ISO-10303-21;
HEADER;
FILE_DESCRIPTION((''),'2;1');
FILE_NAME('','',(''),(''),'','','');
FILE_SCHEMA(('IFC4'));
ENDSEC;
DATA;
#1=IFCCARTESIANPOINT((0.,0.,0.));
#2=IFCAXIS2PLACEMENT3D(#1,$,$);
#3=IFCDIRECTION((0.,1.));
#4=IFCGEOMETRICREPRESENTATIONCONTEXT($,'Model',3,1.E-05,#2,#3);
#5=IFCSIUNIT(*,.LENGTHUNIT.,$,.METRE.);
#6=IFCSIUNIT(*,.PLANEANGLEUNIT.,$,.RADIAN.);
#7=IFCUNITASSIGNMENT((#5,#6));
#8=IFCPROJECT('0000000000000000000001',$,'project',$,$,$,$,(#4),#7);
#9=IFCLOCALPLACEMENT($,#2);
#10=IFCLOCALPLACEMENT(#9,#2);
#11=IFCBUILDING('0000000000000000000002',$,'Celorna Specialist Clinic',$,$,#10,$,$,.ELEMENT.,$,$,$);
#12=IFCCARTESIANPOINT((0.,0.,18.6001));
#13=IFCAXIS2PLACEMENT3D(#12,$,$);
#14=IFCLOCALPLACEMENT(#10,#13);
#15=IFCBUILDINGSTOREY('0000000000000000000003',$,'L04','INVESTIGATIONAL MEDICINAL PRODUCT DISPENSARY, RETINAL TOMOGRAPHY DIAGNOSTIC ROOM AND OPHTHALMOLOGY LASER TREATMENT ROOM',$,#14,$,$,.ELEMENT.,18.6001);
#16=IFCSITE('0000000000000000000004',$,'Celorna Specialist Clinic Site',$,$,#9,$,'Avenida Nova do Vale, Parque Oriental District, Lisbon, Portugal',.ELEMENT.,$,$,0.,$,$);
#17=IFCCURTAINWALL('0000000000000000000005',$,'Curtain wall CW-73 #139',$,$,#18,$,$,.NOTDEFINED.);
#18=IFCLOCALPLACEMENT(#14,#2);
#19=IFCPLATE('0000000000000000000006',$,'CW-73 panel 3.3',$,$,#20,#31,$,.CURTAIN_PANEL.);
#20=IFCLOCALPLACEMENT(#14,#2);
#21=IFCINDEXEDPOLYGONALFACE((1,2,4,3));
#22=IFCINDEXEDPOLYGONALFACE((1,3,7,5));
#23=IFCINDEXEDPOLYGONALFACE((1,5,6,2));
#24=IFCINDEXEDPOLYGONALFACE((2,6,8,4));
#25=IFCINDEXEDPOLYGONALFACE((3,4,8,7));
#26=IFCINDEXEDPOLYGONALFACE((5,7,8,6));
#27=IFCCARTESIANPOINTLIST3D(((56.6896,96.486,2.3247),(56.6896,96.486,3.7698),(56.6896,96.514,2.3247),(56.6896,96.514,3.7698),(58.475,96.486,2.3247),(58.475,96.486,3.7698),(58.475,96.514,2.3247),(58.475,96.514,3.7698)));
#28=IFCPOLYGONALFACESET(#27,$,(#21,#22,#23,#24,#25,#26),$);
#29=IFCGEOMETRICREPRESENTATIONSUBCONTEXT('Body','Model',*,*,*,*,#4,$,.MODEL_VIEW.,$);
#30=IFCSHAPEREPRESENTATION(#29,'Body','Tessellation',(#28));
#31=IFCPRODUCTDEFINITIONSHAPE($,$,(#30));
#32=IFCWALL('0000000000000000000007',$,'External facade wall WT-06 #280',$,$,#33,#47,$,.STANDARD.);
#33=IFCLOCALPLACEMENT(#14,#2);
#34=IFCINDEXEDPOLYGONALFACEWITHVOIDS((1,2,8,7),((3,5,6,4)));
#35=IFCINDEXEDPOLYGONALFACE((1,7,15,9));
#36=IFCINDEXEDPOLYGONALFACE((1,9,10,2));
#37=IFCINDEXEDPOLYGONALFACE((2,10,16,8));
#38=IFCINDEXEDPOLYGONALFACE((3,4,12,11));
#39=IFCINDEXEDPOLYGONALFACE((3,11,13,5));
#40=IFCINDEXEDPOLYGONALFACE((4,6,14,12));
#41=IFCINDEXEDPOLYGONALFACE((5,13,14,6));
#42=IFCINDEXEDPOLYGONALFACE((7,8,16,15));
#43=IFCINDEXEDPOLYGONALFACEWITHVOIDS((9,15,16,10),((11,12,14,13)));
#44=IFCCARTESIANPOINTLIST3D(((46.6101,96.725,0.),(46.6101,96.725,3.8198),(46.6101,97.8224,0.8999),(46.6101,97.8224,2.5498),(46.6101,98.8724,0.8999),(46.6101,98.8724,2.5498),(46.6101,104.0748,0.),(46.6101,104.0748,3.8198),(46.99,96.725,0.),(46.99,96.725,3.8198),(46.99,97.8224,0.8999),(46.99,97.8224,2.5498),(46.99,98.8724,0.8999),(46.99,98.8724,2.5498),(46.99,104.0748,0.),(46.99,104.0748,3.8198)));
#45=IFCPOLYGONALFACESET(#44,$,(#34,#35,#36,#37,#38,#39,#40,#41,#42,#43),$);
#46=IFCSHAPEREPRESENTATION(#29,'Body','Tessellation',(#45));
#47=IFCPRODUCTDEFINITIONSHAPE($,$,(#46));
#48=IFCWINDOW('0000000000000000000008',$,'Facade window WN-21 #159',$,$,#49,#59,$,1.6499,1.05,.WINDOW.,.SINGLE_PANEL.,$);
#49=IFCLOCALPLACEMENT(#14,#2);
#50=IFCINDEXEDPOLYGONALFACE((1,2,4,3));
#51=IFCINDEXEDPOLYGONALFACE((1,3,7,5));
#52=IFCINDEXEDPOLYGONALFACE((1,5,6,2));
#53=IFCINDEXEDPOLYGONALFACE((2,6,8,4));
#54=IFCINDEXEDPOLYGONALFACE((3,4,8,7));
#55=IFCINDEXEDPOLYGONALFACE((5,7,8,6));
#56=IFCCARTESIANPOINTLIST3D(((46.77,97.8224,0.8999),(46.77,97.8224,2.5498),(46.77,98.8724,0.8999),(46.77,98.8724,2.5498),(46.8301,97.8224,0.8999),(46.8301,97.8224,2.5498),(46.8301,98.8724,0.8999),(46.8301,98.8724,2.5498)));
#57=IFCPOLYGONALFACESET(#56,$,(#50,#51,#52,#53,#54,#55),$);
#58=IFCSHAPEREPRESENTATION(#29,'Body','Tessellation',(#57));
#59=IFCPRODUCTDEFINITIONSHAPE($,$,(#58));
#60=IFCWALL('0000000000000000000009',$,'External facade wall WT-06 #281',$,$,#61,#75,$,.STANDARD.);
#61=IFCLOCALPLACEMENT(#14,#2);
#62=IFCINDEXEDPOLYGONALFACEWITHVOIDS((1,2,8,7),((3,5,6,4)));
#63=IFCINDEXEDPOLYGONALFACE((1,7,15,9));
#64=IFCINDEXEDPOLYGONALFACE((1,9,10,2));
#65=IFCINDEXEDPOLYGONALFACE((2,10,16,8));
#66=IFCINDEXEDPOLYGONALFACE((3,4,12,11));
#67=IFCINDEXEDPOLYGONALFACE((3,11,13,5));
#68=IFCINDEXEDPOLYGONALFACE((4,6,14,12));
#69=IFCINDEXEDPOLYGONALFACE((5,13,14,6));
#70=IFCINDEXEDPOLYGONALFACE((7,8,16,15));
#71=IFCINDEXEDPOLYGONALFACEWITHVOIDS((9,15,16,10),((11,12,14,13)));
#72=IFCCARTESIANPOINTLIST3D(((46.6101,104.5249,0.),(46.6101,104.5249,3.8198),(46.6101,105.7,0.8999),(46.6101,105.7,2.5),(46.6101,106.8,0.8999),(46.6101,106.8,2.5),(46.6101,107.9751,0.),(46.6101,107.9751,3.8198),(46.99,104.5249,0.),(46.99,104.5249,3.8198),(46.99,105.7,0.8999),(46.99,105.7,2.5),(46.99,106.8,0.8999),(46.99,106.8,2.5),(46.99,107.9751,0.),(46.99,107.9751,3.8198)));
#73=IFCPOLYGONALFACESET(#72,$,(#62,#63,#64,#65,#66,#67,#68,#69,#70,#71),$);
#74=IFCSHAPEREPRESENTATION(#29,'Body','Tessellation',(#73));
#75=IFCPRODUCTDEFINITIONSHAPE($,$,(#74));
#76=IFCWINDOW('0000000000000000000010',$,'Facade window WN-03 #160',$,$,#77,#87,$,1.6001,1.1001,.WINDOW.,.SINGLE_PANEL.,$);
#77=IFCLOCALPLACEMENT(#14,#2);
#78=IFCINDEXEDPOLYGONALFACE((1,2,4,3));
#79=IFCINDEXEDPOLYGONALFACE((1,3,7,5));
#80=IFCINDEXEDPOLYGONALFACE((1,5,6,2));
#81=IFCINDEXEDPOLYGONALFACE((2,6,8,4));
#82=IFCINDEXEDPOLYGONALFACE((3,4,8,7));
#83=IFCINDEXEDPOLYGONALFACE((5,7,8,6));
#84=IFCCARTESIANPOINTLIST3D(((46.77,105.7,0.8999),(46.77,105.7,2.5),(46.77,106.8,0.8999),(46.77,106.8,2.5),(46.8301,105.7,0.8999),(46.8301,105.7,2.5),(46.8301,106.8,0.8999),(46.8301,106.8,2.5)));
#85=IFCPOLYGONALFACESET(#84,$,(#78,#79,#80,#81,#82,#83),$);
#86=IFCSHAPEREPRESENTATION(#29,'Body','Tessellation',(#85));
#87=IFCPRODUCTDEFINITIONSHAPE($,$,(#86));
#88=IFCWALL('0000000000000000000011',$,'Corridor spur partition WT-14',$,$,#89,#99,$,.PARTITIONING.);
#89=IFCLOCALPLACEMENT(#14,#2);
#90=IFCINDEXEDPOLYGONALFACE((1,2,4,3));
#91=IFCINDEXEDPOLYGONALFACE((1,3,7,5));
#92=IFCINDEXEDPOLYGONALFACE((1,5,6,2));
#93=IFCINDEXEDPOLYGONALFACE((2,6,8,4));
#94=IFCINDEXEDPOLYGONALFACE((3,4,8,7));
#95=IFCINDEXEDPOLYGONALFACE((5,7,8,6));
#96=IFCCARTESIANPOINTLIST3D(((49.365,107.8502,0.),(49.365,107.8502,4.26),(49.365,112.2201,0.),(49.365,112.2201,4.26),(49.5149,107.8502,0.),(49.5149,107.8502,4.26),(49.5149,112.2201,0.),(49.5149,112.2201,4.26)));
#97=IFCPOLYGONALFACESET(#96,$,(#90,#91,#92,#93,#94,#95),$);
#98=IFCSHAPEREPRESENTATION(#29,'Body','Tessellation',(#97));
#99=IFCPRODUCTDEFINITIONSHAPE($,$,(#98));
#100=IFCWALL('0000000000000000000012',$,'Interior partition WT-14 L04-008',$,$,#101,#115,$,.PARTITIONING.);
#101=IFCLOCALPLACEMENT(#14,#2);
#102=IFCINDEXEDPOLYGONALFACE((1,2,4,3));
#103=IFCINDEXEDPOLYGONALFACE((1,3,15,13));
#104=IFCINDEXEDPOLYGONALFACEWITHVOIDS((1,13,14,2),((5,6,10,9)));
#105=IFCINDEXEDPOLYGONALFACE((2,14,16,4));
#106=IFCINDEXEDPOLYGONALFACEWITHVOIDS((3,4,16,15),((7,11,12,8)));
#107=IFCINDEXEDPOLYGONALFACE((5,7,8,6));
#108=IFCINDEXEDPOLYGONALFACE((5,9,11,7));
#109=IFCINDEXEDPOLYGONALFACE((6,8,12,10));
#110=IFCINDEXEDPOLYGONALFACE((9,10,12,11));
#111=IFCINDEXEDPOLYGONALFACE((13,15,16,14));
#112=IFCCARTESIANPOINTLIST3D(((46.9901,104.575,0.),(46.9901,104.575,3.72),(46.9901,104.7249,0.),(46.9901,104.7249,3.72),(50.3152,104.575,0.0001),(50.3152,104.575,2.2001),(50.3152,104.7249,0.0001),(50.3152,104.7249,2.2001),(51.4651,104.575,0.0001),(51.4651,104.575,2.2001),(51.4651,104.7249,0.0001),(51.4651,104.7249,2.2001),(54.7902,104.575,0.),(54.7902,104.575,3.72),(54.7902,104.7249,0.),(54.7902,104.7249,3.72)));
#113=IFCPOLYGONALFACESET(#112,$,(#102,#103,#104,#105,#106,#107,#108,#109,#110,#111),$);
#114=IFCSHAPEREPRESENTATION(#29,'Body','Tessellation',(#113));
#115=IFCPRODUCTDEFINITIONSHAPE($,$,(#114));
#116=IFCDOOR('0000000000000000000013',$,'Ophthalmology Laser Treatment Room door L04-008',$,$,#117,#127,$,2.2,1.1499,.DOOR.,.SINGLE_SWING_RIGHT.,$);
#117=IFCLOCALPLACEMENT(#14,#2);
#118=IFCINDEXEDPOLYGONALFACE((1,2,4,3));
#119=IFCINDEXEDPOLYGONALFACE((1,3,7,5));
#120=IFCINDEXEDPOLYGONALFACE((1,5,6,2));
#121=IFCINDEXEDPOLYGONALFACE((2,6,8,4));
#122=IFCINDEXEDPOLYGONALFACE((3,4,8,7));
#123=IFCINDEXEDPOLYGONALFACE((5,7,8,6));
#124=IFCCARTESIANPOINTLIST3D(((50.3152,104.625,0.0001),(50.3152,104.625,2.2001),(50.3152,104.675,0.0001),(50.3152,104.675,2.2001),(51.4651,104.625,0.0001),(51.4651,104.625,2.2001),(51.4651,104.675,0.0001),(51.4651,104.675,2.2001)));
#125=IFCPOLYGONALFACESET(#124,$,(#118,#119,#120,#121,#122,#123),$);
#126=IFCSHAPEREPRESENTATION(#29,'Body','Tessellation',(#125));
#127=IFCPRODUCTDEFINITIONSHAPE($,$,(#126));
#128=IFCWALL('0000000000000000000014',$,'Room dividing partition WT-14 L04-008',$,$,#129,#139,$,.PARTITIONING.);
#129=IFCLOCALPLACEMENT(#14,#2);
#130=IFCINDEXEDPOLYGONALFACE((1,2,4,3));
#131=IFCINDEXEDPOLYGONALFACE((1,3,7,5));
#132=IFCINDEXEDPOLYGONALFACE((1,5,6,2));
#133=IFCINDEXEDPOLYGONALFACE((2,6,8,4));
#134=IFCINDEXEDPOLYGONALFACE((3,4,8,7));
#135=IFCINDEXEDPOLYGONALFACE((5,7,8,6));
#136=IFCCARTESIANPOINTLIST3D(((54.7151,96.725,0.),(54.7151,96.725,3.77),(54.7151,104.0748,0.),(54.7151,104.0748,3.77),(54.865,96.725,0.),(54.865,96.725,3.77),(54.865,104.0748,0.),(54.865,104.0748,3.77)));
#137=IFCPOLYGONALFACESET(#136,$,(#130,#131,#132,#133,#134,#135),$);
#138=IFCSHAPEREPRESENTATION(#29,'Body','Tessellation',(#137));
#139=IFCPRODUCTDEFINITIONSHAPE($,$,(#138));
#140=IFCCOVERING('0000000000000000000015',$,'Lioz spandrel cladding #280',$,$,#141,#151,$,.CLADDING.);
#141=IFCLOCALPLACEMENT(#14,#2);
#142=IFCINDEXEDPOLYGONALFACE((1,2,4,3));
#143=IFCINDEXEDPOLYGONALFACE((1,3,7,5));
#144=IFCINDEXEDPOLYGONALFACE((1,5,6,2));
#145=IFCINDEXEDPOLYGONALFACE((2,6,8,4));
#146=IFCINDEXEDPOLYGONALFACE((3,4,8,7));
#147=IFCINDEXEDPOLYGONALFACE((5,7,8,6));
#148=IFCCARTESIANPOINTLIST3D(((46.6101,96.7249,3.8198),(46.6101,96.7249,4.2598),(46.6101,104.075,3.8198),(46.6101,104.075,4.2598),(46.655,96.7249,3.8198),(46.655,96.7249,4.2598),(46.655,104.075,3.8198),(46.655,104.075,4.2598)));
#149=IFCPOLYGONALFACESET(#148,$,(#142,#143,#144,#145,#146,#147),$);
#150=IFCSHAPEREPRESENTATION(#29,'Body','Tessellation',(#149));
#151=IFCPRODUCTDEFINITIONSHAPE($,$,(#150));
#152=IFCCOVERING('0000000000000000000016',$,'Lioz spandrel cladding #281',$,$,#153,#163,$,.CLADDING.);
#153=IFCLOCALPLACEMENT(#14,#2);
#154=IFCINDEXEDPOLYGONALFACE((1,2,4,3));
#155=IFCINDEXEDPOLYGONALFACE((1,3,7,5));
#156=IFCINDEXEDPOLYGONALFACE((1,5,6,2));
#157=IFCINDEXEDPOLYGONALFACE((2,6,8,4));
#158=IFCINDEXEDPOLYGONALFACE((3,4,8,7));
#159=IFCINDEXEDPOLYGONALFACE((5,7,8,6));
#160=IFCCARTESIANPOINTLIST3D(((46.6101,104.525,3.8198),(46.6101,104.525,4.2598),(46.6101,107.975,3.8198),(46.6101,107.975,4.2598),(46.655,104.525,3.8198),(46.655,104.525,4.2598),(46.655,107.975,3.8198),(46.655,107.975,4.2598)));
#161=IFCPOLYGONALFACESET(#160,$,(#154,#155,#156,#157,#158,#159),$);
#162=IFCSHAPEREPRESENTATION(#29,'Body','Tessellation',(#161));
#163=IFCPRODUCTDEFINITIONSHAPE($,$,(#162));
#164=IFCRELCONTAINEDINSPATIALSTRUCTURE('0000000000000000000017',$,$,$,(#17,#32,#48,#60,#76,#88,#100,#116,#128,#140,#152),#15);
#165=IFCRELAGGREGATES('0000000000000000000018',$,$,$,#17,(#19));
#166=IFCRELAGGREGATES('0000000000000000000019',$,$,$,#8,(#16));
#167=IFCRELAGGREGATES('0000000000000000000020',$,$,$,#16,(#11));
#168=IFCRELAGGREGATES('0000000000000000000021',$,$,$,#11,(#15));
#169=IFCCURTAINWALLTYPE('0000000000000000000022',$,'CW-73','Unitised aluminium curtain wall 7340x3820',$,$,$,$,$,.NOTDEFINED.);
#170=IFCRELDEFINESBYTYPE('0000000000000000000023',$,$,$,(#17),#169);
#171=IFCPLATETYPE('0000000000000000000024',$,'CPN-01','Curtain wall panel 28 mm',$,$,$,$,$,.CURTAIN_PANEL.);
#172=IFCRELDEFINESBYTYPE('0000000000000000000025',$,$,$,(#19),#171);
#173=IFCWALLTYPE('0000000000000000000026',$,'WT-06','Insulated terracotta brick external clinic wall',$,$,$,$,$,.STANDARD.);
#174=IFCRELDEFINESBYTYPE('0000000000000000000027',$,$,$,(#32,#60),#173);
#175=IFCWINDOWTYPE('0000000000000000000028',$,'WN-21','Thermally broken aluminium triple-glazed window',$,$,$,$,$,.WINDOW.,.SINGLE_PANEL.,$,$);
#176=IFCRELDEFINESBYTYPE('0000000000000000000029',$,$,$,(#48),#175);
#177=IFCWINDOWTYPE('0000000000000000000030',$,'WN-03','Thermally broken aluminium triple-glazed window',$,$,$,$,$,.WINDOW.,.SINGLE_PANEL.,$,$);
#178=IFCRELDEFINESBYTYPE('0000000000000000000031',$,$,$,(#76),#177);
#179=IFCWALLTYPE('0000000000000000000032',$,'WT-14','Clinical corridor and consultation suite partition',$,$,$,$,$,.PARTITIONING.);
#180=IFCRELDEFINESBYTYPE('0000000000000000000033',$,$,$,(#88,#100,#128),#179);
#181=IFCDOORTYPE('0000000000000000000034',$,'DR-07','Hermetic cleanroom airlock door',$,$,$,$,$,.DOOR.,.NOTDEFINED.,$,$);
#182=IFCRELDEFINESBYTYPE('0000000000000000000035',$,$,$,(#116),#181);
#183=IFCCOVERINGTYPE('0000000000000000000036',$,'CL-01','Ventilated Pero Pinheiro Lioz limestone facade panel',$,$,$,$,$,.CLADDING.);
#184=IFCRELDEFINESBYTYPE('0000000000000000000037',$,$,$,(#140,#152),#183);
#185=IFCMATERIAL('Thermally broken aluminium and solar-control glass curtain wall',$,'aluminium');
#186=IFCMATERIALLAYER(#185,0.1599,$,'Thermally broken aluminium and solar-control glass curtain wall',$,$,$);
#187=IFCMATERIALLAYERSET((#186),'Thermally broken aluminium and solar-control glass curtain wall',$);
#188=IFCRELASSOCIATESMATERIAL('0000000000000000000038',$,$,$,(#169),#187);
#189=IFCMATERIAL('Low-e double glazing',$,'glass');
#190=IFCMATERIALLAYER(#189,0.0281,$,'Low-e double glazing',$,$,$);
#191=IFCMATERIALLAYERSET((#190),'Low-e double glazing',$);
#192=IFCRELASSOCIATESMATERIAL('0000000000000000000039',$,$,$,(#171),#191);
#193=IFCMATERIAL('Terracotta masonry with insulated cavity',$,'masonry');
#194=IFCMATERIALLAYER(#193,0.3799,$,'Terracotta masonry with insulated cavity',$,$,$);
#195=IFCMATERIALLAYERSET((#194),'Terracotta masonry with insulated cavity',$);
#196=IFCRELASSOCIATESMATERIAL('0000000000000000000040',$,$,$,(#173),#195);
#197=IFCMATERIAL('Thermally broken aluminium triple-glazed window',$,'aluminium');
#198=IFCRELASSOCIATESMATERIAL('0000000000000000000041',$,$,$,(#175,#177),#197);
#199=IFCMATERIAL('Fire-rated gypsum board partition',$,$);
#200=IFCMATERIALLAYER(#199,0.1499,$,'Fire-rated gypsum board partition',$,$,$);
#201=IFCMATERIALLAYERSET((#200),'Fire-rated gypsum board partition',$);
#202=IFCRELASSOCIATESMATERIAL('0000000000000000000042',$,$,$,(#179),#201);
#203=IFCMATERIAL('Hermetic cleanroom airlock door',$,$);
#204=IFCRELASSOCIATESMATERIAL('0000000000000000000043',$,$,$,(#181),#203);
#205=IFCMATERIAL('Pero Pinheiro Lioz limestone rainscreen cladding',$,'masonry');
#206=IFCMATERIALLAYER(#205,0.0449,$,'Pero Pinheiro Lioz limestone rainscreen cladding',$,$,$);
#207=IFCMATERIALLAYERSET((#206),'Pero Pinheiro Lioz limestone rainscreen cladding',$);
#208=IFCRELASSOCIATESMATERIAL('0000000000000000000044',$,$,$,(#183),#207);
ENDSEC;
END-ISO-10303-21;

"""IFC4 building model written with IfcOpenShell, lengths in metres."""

from ifc_helpers import new_model, si_unit, direction, frame, frame_2d, origin, origin_2d, place, context, subcontext, project, spatial, rectangle, extrude, material, layer, layer_set, type_object, element, fill, aggregate, save


model = new_model("IFC4")

# Units and contexts
model_context = context("Model", 3, precision=1e-05, world=origin(), true_north=direction((0.0, 1.0)))
body_context = subcontext(model_context, "Body", "Model", "MODEL_VIEW")
ifc_project = project(units=[si_unit("LENGTHUNIT", "METRE"), si_unit("PLANEANGLEUNIT", "RADIAN")], contexts=[model_context])

# Site, building, storey
site_placement = place(None, origin())
site = spatial("IfcSite", under=ifc_project, at=site_placement, Name="Celorna Specialist Clinic Site", LongName="Avenida Nova do Vale, Parque Oriental District, Lisbon, Portugal", CompositionType="ELEMENT", RefElevation=0.0)
building_placement = place(site_placement, origin())
building = spatial("IfcBuilding", under=site, at=building_placement, Name="Celorna Specialist Clinic", CompositionType="ELEMENT")
storey_placement = place(building_placement, frame((0.0, 0.0, 18.6001)))
storey = spatial("IfcBuildingStorey", under=building, at=storey_placement, Name="L04", Description="INVESTIGATIONAL MEDICINAL PRODUCT DISPENSARY, RETINAL TOMOGRAPHY DIAGNOSTIC ROOM AND OPHTHALMOLOGY LASER TREATMENT ROOM", CompositionType="ELEMENT", Elevation=18.6001)

# Curtain wall, plate
ifc_material_1 = material(Name="Thermally broken aluminium and solar-control glass curtain wall", Category="aluminium")
ifc_layer_1 = layer(ifc_material_1, 0.1599, Name="Thermally broken aluminium and solar-control glass curtain wall")
ifc_layer_set_1 = layer_set([ifc_layer_1], Name="Thermally broken aluminium and solar-control glass curtain wall")
curtain_wall_type = type_object("IfcCurtainWallType", Name="CW-73", Description="Unitised aluminium curtain wall 7340x3820", PredefinedType="NOTDEFINED", material=ifc_layer_set_1)
curtain_wall_placement = place(storey_placement, origin())
curtain_wall = element("IfcCurtainWall", 1, at=curtain_wall_placement, inside=storey, type_object=curtain_wall_type, Name="Curtain wall CW-73 #139", PredefinedType="NOTDEFINED")
ifc_material_2 = material(Name="Low-e double glazing", Category="glass")
ifc_layer_2 = layer(ifc_material_2, 0.0281, Name="Low-e double glazing")
ifc_layer_set_2 = layer_set([ifc_layer_2], Name="Low-e double glazing")
plate_type = type_object("IfcPlateType", Name="CPN-01", Description="Curtain wall panel 28 mm", PredefinedType="CURTAIN_PANEL", material=ifc_layer_set_2)
plate_1_placement = place(storey_placement, frame((57.5823, 96.5, 2.3247), z_axis=(0.0, 0.0, 1.0), x_axis=(-1.0, 0.0, 0.0)))
plate_1 = element("IfcPlate", 2, at=plate_1_placement, type_object=plate_type, Name="CW-73 panel 3.3", PredefinedType="CURTAIN_PANEL", context=body_context, shape_type="SweptSolid", body=[
    extrude(rectangle(XDim=1.7854, YDim=0.0281, at=origin_2d()), origin(), (0.0, 0.0, 1.0), 1.4451),
])
aggregate(curtain_wall, [plate_1])

# Walls, openings, windows
ifc_material_3 = material(Name="Terracotta masonry with insulated cavity", Category="masonry")
ifc_layer_3 = layer(ifc_material_3, 0.3799, Name="Terracotta masonry with insulated cavity")
ifc_layer_set_3 = layer_set([ifc_layer_3], Name="Terracotta masonry with insulated cavity")
wall_type_1 = type_object("IfcWallType", Name="WT-06", Description="Insulated terracotta brick external clinic wall", PredefinedType="STANDARD", material=ifc_layer_set_3)
wall_1_placement = place(storey_placement, frame((46.8, 96.7251, 0.0), z_axis=(0.0, 0.0, 1.0), x_axis=(0.0, 1.0, 0.0)))
wall_1 = element("IfcWall", 3, at=wall_1_placement, inside=storey, type_object=wall_type_1, Name="External facade wall WT-06 #280", PredefinedType="STANDARD", context=body_context, shape_type="SweptSolid", body=[
    extrude(rectangle(XDim=7.3499, YDim=0.3799, at=frame_2d((3.6748, 0.0))), origin(), (0.0, 0.0, 1.0), 3.8198),
])
opening_1_placement = place(wall_1_placement, frame((1.0974, 0.0, 0.8999)))
opening_1 = element("IfcOpeningElement", 4, at=opening_1_placement, cuts=wall_1, PredefinedType="OPENING", context=body_context, shape_type="SweptSolid", body=[
    extrude(rectangle(XDim=1.05, YDim=1.6499, at=frame_2d((0.5249, 0.825))), frame((0.0, 0.2, 0.0), z_axis=(0.0, -1.0, 0.0), x_axis=(1.0, 0.0, 0.0)), (0.0, 0.0, 1.0), 0.3999),
])
ifc_material_4 = material(Name="Thermally broken aluminium triple-glazed window", Category="aluminium")
window_type_1 = type_object("IfcWindowType", Name="WN-21", Description="Thermally broken aluminium triple-glazed window", PartitioningType="SINGLE_PANEL", PredefinedType="WINDOW", material=ifc_material_4)
window_1_placement = place(opening_1_placement, origin())
window_1 = element("IfcWindow", 5, at=window_1_placement, inside=storey, type_object=window_type_1, Name="Facade window WN-21 #159", OverallHeight=1.6499, OverallWidth=1.05, PartitioningType="SINGLE_PANEL", PredefinedType="WINDOW", context=body_context, shape_type="SweptSolid", body=[
    extrude(rectangle(XDim=1.05, YDim=1.6499, at=frame_2d((0.5249, 0.825))), frame((0.0, 0.03, 0.0), z_axis=(0.0, -1.0, 0.0), x_axis=(1.0, 0.0, 0.0)), (0.0, 0.0, 1.0), 0.0601),
])
fill(opening_1, window_1)
wall_2_placement = place(storey_placement, frame((46.8, 104.5249, 0.0), z_axis=(0.0, 0.0, 1.0), x_axis=(0.0, 1.0, 0.0)))
wall_2 = element("IfcWall", 6, at=wall_2_placement, inside=storey, type_object=wall_type_1, Name="External facade wall WT-06 #281", PredefinedType="STANDARD", context=body_context, shape_type="SweptSolid", body=[
    extrude(rectangle(XDim=3.4502, YDim=0.3799, at=frame_2d((1.7251, 0.0))), origin(), (0.0, 0.0, 1.0), 3.8198),
])
opening_2_placement = place(wall_2_placement, frame((1.175, 0.0, 0.8999)))
opening_2 = element("IfcOpeningElement", 7, at=opening_2_placement, cuts=wall_2, PredefinedType="OPENING", context=body_context, shape_type="SweptSolid", body=[
    extrude(rectangle(XDim=1.1001, YDim=1.6001, at=frame_2d((0.55, 0.8))), frame((0.0, 0.2, 0.0), z_axis=(0.0, -1.0, 0.0), x_axis=(1.0, 0.0, 0.0)), (0.0, 0.0, 1.0), 0.3999),
])
window_type_2 = type_object("IfcWindowType", Name="WN-03", Description="Thermally broken aluminium triple-glazed window", PartitioningType="SINGLE_PANEL", PredefinedType="WINDOW", material=ifc_material_4)
window_2_placement = place(opening_2_placement, origin())
window_2 = element("IfcWindow", 8, at=window_2_placement, inside=storey, type_object=window_type_2, Name="Facade window WN-03 #160", OverallHeight=1.6001, OverallWidth=1.1001, PartitioningType="SINGLE_PANEL", PredefinedType="WINDOW", context=body_context, shape_type="SweptSolid", body=[
    extrude(rectangle(XDim=1.1001, YDim=1.6001, at=frame_2d((0.55, 0.8))), frame((0.0, 0.03, 0.0), z_axis=(0.0, -1.0, 0.0), x_axis=(1.0, 0.0, 0.0)), (0.0, 0.0, 1.0), 0.0601),
])
fill(opening_2, window_2)

# Wall
ifc_material_5 = material(Name="Fire-rated gypsum board partition")
ifc_layer_4 = layer(ifc_material_5, 0.1499, Name="Fire-rated gypsum board partition")
ifc_layer_set_4 = layer_set([ifc_layer_4], Name="Fire-rated gypsum board partition")
wall_type_2 = type_object("IfcWallType", Name="WT-14", Description="Clinical corridor and consultation suite partition", PredefinedType="PARTITIONING", material=ifc_layer_set_4)
wall_3_placement = place(storey_placement, frame((49.4399, 107.8501, 0.0), z_axis=(0.0, 0.0, 1.0), x_axis=(0.0, 1.0, 0.0)))
element("IfcWall", 9, at=wall_3_placement, inside=storey, type_object=wall_type_2, Name="Corridor spur partition WT-14", PredefinedType="PARTITIONING", context=body_context, shape_type="SweptSolid", body=[
    extrude(rectangle(XDim=4.3699, YDim=0.1499, at=frame_2d((2.1851, 0.0))), origin(), (0.0, 0.0, 1.0), 4.26),
])

# Wall, opening, door
wall_4_placement = place(storey_placement, frame((54.79, 104.6499, 0.0), z_axis=(0.0, 0.0, 1.0), x_axis=(-1.0, 0.0, 0.0)))
wall_4 = element("IfcWall", 10, at=wall_4_placement, inside=storey, type_object=wall_type_2, Name="Interior partition WT-14 L04-008", PredefinedType="PARTITIONING", context=body_context, shape_type="SweptSolid", body=[
    extrude(rectangle(XDim=7.8, YDim=0.1499, at=frame_2d((3.8999, 0.0))), origin(), (0.0, 0.0, 1.0), 3.72),
])
opening_3_placement = place(wall_4_placement, frame((3.325, 0.0, 0.0)))
opening_3 = element("IfcOpeningElement", 11, at=opening_3_placement, cuts=wall_4, PredefinedType="OPENING", context=body_context, shape_type="SweptSolid", body=[
    extrude(rectangle(XDim=1.1499, YDim=2.2, at=frame_2d((0.575, 1.1001))), frame((0.0, 0.085, 0.0), z_axis=(0.0, -1.0, 0.0), x_axis=(1.0, 0.0, 0.0)), (0.0, 0.0, 1.0), 0.1699),
])
ifc_material_6 = material(Name="Hermetic cleanroom airlock door")
door_type = type_object("IfcDoorType", Name="DR-07", Description="Hermetic cleanroom airlock door", OperationType="NOTDEFINED", PredefinedType="DOOR", material=ifc_material_6)
door_placement = place(opening_3_placement, origin())
door = element("IfcDoor", 12, at=door_placement, inside=storey, type_object=door_type, Name="Ophthalmology Laser Treatment Room door L04-008", OperationType="SINGLE_SWING_RIGHT", OverallHeight=2.2, OverallWidth=1.1499, PredefinedType="DOOR", context=body_context, shape_type="SweptSolid", body=[
    extrude(rectangle(XDim=1.1499, YDim=2.2, at=frame_2d((0.575, 1.1001))), frame((0.0, 0.0249, 0.0), z_axis=(0.0, -1.0, 0.0), x_axis=(1.0, 0.0, 0.0)), (0.0, 0.0, 1.0), 0.05),
])
fill(opening_3, door)

# Wall
wall_5_placement = place(storey_placement, frame((54.79, 96.7251, 0.0), z_axis=(0.0, 0.0, 1.0), x_axis=(0.0, 1.0, 0.0)))
element("IfcWall", 13, at=wall_5_placement, inside=storey, type_object=wall_type_2, Name="Room dividing partition WT-14 L04-008", PredefinedType="PARTITIONING", context=body_context, shape_type="SweptSolid", body=[
    extrude(rectangle(XDim=7.3499, YDim=0.1499, at=frame_2d((3.6748, 0.0))), origin(), (0.0, 0.0, 1.0), 3.77),
])

# Coverings
ifc_material_7 = material(Name="Pero Pinheiro Lioz limestone rainscreen cladding", Category="masonry")
ifc_layer_5 = layer(ifc_material_7, 0.0449, Name="Pero Pinheiro Lioz limestone rainscreen cladding")
ifc_layer_set_5 = layer_set([ifc_layer_5], Name="Pero Pinheiro Lioz limestone rainscreen cladding")
covering_type = type_object("IfcCoveringType", Name="CL-01", Description="Ventilated Pero Pinheiro Lioz limestone facade panel", PredefinedType="CLADDING", material=ifc_layer_set_5)
covering_1_placement = place(storey_placement, frame((46.6326, 100.3999, 3.8198), z_axis=(0.0, 0.0, 1.0), x_axis=(0.0, 1.0, 0.0)))
element("IfcCovering", 14, at=covering_1_placement, inside=storey, type_object=covering_type, Name="Lioz spandrel cladding #280", PredefinedType="CLADDING", context=body_context, shape_type="SweptSolid", body=[
    extrude(rectangle(XDim=7.3501, YDim=0.0449, at=origin_2d()), origin(), (0.0, 0.0, 1.0), 0.4399),
])
covering_2_placement = place(storey_placement, frame((46.6326, 106.25, 3.8198), z_axis=(0.0, 0.0, 1.0), x_axis=(0.0, 1.0, 0.0)))
element("IfcCovering", 15, at=covering_2_placement, inside=storey, type_object=covering_type, Name="Lioz spandrel cladding #281", PredefinedType="CLADDING", context=body_context, shape_type="SweptSolid", body=[
    extrude(rectangle(XDim=3.45, YDim=0.0449, at=origin_2d()), origin(), (0.0, 0.0, 1.0), 0.4399),
])

save(model, "model.ifc")
